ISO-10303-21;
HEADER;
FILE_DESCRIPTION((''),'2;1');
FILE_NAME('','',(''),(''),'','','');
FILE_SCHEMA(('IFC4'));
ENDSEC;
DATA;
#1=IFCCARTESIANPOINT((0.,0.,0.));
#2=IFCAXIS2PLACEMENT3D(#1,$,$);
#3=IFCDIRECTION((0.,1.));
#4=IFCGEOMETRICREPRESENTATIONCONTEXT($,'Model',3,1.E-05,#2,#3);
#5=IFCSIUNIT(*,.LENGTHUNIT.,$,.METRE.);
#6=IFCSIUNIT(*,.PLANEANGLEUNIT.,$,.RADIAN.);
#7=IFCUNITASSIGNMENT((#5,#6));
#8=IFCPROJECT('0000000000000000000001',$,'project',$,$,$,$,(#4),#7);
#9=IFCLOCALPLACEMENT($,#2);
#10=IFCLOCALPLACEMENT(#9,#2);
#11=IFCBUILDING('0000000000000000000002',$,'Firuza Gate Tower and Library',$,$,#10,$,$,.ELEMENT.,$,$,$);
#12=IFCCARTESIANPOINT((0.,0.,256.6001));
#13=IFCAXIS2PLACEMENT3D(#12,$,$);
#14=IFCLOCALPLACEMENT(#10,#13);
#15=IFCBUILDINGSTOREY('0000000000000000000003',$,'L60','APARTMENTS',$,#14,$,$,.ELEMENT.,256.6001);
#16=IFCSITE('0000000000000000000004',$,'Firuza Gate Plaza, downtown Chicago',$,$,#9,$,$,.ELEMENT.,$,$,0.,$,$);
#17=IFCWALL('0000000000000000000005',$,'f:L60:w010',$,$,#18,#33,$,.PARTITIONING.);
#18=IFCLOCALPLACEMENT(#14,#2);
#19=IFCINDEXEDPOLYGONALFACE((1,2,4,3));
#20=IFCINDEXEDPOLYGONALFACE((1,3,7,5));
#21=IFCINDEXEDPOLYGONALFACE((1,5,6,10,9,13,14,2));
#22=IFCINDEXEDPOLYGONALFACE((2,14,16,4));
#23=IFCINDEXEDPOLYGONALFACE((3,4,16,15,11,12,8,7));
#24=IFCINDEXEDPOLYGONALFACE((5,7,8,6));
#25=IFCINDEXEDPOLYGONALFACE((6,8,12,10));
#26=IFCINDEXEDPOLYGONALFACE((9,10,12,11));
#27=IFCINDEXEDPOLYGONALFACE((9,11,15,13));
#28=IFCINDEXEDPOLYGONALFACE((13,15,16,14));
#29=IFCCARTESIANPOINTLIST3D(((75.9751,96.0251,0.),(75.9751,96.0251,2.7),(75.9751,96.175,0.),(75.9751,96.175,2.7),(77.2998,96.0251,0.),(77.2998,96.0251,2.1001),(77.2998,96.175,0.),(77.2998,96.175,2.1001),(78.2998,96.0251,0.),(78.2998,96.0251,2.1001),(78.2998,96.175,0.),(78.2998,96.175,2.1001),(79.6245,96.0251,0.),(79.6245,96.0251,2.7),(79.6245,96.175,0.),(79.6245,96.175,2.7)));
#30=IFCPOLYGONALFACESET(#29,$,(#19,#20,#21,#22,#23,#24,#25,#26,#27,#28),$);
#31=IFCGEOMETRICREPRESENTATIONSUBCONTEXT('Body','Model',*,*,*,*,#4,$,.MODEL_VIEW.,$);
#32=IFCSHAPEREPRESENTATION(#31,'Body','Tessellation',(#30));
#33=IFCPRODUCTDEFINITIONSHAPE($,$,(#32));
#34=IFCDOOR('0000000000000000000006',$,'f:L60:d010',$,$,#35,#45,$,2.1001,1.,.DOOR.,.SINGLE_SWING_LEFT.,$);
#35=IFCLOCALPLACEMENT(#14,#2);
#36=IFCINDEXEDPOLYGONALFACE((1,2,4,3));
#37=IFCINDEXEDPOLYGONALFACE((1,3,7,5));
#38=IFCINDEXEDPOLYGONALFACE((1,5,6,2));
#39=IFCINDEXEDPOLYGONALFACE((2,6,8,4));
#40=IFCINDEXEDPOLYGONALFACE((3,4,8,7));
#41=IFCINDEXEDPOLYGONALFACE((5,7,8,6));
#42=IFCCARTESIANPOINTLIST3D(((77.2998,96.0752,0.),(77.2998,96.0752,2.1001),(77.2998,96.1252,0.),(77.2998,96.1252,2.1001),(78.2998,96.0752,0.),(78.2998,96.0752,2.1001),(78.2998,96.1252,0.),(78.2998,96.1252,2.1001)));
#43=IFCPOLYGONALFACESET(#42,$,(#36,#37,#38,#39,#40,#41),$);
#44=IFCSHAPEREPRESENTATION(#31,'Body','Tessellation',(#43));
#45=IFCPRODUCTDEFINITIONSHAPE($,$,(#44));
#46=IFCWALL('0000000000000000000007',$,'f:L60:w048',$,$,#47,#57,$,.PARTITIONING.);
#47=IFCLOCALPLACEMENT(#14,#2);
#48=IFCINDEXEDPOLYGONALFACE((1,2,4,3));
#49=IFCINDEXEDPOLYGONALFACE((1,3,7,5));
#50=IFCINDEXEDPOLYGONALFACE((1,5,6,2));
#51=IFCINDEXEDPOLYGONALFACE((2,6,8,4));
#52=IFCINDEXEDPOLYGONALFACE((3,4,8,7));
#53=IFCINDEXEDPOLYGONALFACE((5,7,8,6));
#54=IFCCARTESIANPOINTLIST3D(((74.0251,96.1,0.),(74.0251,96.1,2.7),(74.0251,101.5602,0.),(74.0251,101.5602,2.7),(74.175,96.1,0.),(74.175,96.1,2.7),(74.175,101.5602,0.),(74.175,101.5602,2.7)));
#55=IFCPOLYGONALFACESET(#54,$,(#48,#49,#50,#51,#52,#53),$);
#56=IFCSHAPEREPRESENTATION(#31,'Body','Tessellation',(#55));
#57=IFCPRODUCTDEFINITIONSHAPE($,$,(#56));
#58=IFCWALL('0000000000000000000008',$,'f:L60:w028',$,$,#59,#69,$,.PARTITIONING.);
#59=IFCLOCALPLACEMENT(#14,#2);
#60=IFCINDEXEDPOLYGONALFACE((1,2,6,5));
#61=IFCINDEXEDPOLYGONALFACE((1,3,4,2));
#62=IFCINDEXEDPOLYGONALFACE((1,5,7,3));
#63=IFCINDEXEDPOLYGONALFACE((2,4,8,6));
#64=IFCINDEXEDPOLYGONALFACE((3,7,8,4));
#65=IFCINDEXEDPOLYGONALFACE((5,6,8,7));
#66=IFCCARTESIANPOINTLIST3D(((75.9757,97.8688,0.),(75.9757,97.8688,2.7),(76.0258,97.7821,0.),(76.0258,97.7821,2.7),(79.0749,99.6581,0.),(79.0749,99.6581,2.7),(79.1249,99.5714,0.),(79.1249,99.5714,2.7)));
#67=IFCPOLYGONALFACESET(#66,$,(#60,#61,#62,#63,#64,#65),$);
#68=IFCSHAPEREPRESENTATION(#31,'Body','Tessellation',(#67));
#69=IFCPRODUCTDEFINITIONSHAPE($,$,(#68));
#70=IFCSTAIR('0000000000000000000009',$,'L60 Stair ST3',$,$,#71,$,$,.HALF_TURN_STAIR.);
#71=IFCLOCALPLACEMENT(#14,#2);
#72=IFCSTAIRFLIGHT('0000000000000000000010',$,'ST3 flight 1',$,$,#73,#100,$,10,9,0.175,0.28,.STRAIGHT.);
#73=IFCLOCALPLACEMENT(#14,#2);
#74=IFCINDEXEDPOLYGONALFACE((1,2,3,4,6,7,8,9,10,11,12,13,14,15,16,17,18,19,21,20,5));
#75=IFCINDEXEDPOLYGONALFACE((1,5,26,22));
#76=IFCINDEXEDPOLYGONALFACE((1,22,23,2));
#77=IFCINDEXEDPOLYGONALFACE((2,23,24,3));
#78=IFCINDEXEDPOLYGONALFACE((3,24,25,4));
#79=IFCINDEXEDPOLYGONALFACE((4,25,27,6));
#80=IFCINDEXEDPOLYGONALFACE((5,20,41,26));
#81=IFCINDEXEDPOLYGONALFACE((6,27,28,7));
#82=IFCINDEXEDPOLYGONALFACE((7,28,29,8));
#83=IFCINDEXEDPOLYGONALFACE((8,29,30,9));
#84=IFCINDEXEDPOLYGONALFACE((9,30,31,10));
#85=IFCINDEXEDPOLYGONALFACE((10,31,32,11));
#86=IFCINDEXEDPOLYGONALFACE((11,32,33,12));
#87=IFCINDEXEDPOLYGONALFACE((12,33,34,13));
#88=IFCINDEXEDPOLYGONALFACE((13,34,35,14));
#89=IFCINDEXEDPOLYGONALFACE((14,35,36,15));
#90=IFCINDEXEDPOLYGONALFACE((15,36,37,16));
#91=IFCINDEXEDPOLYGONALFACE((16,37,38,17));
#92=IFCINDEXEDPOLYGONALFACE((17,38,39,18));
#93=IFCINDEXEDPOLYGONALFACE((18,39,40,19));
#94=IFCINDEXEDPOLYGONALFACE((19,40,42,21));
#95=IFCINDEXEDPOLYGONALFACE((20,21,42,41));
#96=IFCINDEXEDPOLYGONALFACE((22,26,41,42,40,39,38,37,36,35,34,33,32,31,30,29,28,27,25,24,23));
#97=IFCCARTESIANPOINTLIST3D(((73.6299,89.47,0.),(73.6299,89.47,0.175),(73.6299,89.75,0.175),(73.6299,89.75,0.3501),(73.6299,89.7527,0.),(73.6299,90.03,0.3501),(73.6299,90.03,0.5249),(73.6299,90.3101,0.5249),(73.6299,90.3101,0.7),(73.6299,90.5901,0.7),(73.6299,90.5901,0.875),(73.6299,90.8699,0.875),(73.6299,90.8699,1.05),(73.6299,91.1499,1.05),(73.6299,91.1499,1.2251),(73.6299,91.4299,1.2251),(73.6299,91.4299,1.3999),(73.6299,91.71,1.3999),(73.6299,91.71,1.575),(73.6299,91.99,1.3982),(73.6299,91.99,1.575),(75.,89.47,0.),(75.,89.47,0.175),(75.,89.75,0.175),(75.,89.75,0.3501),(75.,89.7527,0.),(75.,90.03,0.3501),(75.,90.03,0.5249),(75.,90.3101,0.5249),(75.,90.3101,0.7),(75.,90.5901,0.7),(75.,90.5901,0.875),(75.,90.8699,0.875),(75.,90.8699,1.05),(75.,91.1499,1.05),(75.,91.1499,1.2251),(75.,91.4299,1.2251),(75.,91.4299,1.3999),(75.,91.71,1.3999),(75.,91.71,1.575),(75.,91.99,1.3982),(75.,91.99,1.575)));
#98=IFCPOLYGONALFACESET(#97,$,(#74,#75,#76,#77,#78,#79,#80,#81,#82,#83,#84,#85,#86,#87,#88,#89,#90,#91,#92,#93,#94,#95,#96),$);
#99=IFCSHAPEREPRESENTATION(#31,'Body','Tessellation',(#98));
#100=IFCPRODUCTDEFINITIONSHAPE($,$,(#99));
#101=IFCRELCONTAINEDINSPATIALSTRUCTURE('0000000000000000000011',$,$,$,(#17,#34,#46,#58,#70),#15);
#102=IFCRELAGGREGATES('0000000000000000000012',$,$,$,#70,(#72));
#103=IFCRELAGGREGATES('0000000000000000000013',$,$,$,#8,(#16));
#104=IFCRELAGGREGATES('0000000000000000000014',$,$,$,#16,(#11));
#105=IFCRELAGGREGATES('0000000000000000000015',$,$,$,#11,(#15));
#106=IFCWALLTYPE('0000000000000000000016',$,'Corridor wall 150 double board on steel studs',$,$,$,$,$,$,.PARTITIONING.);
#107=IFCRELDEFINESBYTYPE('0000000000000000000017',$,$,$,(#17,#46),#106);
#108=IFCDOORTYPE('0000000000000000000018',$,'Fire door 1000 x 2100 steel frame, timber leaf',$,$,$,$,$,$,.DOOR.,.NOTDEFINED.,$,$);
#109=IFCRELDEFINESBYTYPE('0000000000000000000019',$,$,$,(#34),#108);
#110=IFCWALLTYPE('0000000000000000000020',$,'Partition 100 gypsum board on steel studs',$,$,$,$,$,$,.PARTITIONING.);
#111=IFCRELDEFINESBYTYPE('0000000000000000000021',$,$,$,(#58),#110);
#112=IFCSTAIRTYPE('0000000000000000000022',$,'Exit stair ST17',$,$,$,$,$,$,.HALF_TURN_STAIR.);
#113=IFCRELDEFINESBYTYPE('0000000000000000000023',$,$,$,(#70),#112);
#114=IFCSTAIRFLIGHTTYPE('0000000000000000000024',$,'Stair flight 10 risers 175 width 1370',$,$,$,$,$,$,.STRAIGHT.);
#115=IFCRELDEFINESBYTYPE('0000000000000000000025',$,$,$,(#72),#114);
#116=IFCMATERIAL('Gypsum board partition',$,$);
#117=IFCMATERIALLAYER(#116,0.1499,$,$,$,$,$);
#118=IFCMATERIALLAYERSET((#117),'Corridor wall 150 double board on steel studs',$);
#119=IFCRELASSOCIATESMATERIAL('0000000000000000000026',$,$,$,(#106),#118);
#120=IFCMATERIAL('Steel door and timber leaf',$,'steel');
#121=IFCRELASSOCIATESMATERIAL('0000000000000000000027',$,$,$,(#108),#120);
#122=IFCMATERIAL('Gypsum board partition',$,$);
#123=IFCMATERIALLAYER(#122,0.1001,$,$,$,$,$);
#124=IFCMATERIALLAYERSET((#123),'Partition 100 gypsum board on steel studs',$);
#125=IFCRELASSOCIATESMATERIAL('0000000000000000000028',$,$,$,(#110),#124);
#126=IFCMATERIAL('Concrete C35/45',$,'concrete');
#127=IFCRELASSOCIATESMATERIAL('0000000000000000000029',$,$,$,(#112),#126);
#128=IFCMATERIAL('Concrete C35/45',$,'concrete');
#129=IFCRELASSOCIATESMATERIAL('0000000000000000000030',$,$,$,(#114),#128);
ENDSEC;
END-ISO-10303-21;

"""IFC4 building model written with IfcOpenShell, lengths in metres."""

from ifc_helpers import new_model, si_unit, direction, frame, frame_2d, origin, place, context, subcontext, project, spatial, polyline, rectangle, outline, extrude, material, layer, layer_set, type_object, element, fill, aggregate, save


model = new_model("IFC4")

# Units and contexts
model_context = context("Model", 3, precision=1e-05, world=origin(), true_north=direction((0.0, 1.0)))
body_context = subcontext(model_context, "Body", "Model", "MODEL_VIEW")
ifc_project = project(units=[si_unit("LENGTHUNIT", "METRE"), si_unit("PLANEANGLEUNIT", "RADIAN")], contexts=[model_context])

# Site, building, storey
site_placement = place(None, origin())
site = spatial("IfcSite", under=ifc_project, at=site_placement, Name="Firuza Gate Plaza, downtown Chicago", CompositionType="ELEMENT", RefElevation=0.0)
building_placement = place(site_placement, origin())
building = spatial("IfcBuilding", under=site, at=building_placement, Name="Firuza Gate Tower and Library", CompositionType="ELEMENT")
storey_placement = place(building_placement, frame((0.0, 0.0, 256.6001)))
storey = spatial("IfcBuildingStorey", under=building, at=storey_placement, Name="L60", Description="APARTMENTS", CompositionType="ELEMENT", Elevation=256.6001)

# Shared definitions
placement = place(storey_placement, origin())

# Wall, opening, door
ifc_material_1 = material(Name="Gypsum board partition")
ifc_layer_1 = layer(ifc_material_1, 0.1499)
ifc_layer_set_1 = layer_set([ifc_layer_1], Name="Corridor wall 150 double board on steel studs")
wall_type_1 = type_object("IfcWallType", Name="Corridor wall 150 double board on steel studs", PredefinedType="PARTITIONING", material=ifc_layer_set_1)
wall_1_placement = place(storey_placement, frame((79.6245, 96.1001, 0.0), z_axis=(0.0, 0.0, 1.0), x_axis=(-1.0, 0.0, 0.0)))
wall_1 = element("IfcWall", 1, at=wall_1_placement, inside=storey, type_object=wall_type_1, Name="f:L60:w010", PredefinedType="PARTITIONING", context=body_context, shape_type="SweptSolid", body=[
    extrude(rectangle(XDim=3.6494, YDim=0.1499, at=frame_2d((1.8247, 0.0))), origin(), (0.0, 0.0, 1.0), 2.7),
])
opening_1_placement = place(wall_1_placement, frame((1.3247, 0.0, 0.0)))
opening_1 = element("IfcOpeningElement", 2, at=opening_1_placement, cuts=wall_1, PredefinedType="OPENING", context=body_context, shape_type="SweptSolid", body=[
    extrude(rectangle(XDim=1.0, YDim=2.1001, at=frame_2d((0.5, 1.05))), frame((0.0, 0.085, 0.0), z_axis=(0.0, -1.0, 0.0), x_axis=(1.0, 0.0, 0.0)), (0.0, 0.0, 1.0), 0.1699),
])
ifc_material_2 = material(Name="Steel door and timber leaf", Category="steel")
door_type_1 = type_object("IfcDoorType", Name="Fire door 1000 x 2100 steel frame, timber leaf", OperationType="NOTDEFINED", PredefinedType="DOOR", material=ifc_material_2)
door_1_placement = place(opening_1_placement, origin())
door_1 = element("IfcDoor", 3, at=door_1_placement, inside=storey, type_object=door_type_1, Name="f:L60:d010", OperationType="SINGLE_SWING_LEFT", OverallHeight=2.1001, OverallWidth=1.0, PredefinedType="DOOR", context=body_context, shape_type="SweptSolid", body=[
    extrude(rectangle(XDim=1.0, YDim=2.1001, at=frame_2d((0.5, 1.05))), frame((0.0, 0.0249, 0.0), z_axis=(0.0, -1.0, 0.0), x_axis=(1.0, 0.0, 0.0)), (0.0, 0.0, 1.0), 0.05),
])
fill(opening_1, door_1)

# Walls
wall_2_placement = place(storey_placement, frame((74.1001, 96.1001, 0.0), z_axis=(0.0, 0.0, 1.0), x_axis=(0.0, 1.0, 0.0)))
element("IfcWall", 4, at=wall_2_placement, inside=storey, type_object=wall_type_1, Name="f:L60:w048", PredefinedType="PARTITIONING", context=body_context, shape_type="SweptSolid", body=[
    extrude(rectangle(XDim=5.4602, YDim=0.1499, at=frame_2d((2.73, 0.0))), origin(), (0.0, 0.0, 1.0), 2.7),
])
ifc_material_3 = material(Name="Gypsum board partition")
ifc_layer_2 = layer(ifc_material_3, 0.1001)
ifc_layer_set_2 = layer_set([ifc_layer_2], Name="Partition 100 gypsum board on steel studs")
wall_type_2 = type_object("IfcWallType", Name="Partition 100 gypsum board on steel studs", PredefinedType="PARTITIONING", material=ifc_layer_set_2)
wall_3_placement = place(storey_placement, frame((76.0007, 97.8254, 0.0), z_axis=(0.0, 0.0, 1.0), x_axis=(0.866022, 0.500006, 0.0)))
element("IfcWall", 5, at=wall_3_placement, inside=storey, type_object=wall_type_2, Name="f:L60:w028", PredefinedType="PARTITIONING", context=body_context, shape_type="SweptSolid", body=[
    extrude(rectangle(XDim=3.5786, YDim=0.1001, at=frame_2d((1.7893, 0.0))), origin(), (0.0, 0.0, 1.0), 2.7),
])

# Stair, stair flight
ifc_material_4 = material(Name="Concrete C35/45", Category="concrete")
stair_type = type_object("IfcStairType", Name="Exit stair ST17", PredefinedType="HALF_TURN_STAIR", material=ifc_material_4)
stair = element("IfcStair", 6, at=placement, inside=storey, type_object=stair_type, Name="L60 Stair ST3", PredefinedType="HALF_TURN_STAIR")
ifc_material_5 = material(Name="Concrete C35/45", Category="concrete")
stair_flight_type = type_object("IfcStairFlightType", Name="Stair flight 10 risers 175 width 1370", PredefinedType="STRAIGHT", material=ifc_material_5)
stair_flight_placement = place(storey_placement, frame((74.3149, 89.47, 0.0), z_axis=(0.0, 0.0, 1.0), x_axis=(0.0, 1.0, 0.0)))
stair_flight = element("IfcStairFlight", 7, at=stair_flight_placement, type_object=stair_flight_type, Name="ST3 flight 1", NumberOfRisers=10, NumberOfTreads=9, PredefinedType="STRAIGHT", RiserHeight=0.175, TreadLength=0.28, context=body_context, shape_type="SweptSolid", body=[
    extrude(outline(polyline([(0.0, 0.0), (0.0, 0.175), (0.28, 0.175), (0.28, 0.3501), (0.5601, 0.3501), (0.5601, 0.5249), (0.8401, 0.5249), (0.8401, 0.7), (1.1201, 0.7), (1.1201, 0.875), (1.3999, 0.875), (1.3999, 1.05), (1.6799, 1.05), (1.6799, 1.2251), (1.96, 1.2251), (1.96, 1.3999), (2.24, 1.3999), (2.24, 1.575), (2.52, 1.575), (2.52, 1.75), (2.52, 1.3982), (0.2827, 0.0), (0.0, 0.0)])), frame((0.0, 0.6851, 0.0), z_axis=(0.0, -1.0, 0.0), x_axis=(1.0, 0.0, 0.0)), (0.0, 0.0, 1.0), 1.3701),
])
aggregate(stair, [stair_flight])

save(model, "model.ifc")
